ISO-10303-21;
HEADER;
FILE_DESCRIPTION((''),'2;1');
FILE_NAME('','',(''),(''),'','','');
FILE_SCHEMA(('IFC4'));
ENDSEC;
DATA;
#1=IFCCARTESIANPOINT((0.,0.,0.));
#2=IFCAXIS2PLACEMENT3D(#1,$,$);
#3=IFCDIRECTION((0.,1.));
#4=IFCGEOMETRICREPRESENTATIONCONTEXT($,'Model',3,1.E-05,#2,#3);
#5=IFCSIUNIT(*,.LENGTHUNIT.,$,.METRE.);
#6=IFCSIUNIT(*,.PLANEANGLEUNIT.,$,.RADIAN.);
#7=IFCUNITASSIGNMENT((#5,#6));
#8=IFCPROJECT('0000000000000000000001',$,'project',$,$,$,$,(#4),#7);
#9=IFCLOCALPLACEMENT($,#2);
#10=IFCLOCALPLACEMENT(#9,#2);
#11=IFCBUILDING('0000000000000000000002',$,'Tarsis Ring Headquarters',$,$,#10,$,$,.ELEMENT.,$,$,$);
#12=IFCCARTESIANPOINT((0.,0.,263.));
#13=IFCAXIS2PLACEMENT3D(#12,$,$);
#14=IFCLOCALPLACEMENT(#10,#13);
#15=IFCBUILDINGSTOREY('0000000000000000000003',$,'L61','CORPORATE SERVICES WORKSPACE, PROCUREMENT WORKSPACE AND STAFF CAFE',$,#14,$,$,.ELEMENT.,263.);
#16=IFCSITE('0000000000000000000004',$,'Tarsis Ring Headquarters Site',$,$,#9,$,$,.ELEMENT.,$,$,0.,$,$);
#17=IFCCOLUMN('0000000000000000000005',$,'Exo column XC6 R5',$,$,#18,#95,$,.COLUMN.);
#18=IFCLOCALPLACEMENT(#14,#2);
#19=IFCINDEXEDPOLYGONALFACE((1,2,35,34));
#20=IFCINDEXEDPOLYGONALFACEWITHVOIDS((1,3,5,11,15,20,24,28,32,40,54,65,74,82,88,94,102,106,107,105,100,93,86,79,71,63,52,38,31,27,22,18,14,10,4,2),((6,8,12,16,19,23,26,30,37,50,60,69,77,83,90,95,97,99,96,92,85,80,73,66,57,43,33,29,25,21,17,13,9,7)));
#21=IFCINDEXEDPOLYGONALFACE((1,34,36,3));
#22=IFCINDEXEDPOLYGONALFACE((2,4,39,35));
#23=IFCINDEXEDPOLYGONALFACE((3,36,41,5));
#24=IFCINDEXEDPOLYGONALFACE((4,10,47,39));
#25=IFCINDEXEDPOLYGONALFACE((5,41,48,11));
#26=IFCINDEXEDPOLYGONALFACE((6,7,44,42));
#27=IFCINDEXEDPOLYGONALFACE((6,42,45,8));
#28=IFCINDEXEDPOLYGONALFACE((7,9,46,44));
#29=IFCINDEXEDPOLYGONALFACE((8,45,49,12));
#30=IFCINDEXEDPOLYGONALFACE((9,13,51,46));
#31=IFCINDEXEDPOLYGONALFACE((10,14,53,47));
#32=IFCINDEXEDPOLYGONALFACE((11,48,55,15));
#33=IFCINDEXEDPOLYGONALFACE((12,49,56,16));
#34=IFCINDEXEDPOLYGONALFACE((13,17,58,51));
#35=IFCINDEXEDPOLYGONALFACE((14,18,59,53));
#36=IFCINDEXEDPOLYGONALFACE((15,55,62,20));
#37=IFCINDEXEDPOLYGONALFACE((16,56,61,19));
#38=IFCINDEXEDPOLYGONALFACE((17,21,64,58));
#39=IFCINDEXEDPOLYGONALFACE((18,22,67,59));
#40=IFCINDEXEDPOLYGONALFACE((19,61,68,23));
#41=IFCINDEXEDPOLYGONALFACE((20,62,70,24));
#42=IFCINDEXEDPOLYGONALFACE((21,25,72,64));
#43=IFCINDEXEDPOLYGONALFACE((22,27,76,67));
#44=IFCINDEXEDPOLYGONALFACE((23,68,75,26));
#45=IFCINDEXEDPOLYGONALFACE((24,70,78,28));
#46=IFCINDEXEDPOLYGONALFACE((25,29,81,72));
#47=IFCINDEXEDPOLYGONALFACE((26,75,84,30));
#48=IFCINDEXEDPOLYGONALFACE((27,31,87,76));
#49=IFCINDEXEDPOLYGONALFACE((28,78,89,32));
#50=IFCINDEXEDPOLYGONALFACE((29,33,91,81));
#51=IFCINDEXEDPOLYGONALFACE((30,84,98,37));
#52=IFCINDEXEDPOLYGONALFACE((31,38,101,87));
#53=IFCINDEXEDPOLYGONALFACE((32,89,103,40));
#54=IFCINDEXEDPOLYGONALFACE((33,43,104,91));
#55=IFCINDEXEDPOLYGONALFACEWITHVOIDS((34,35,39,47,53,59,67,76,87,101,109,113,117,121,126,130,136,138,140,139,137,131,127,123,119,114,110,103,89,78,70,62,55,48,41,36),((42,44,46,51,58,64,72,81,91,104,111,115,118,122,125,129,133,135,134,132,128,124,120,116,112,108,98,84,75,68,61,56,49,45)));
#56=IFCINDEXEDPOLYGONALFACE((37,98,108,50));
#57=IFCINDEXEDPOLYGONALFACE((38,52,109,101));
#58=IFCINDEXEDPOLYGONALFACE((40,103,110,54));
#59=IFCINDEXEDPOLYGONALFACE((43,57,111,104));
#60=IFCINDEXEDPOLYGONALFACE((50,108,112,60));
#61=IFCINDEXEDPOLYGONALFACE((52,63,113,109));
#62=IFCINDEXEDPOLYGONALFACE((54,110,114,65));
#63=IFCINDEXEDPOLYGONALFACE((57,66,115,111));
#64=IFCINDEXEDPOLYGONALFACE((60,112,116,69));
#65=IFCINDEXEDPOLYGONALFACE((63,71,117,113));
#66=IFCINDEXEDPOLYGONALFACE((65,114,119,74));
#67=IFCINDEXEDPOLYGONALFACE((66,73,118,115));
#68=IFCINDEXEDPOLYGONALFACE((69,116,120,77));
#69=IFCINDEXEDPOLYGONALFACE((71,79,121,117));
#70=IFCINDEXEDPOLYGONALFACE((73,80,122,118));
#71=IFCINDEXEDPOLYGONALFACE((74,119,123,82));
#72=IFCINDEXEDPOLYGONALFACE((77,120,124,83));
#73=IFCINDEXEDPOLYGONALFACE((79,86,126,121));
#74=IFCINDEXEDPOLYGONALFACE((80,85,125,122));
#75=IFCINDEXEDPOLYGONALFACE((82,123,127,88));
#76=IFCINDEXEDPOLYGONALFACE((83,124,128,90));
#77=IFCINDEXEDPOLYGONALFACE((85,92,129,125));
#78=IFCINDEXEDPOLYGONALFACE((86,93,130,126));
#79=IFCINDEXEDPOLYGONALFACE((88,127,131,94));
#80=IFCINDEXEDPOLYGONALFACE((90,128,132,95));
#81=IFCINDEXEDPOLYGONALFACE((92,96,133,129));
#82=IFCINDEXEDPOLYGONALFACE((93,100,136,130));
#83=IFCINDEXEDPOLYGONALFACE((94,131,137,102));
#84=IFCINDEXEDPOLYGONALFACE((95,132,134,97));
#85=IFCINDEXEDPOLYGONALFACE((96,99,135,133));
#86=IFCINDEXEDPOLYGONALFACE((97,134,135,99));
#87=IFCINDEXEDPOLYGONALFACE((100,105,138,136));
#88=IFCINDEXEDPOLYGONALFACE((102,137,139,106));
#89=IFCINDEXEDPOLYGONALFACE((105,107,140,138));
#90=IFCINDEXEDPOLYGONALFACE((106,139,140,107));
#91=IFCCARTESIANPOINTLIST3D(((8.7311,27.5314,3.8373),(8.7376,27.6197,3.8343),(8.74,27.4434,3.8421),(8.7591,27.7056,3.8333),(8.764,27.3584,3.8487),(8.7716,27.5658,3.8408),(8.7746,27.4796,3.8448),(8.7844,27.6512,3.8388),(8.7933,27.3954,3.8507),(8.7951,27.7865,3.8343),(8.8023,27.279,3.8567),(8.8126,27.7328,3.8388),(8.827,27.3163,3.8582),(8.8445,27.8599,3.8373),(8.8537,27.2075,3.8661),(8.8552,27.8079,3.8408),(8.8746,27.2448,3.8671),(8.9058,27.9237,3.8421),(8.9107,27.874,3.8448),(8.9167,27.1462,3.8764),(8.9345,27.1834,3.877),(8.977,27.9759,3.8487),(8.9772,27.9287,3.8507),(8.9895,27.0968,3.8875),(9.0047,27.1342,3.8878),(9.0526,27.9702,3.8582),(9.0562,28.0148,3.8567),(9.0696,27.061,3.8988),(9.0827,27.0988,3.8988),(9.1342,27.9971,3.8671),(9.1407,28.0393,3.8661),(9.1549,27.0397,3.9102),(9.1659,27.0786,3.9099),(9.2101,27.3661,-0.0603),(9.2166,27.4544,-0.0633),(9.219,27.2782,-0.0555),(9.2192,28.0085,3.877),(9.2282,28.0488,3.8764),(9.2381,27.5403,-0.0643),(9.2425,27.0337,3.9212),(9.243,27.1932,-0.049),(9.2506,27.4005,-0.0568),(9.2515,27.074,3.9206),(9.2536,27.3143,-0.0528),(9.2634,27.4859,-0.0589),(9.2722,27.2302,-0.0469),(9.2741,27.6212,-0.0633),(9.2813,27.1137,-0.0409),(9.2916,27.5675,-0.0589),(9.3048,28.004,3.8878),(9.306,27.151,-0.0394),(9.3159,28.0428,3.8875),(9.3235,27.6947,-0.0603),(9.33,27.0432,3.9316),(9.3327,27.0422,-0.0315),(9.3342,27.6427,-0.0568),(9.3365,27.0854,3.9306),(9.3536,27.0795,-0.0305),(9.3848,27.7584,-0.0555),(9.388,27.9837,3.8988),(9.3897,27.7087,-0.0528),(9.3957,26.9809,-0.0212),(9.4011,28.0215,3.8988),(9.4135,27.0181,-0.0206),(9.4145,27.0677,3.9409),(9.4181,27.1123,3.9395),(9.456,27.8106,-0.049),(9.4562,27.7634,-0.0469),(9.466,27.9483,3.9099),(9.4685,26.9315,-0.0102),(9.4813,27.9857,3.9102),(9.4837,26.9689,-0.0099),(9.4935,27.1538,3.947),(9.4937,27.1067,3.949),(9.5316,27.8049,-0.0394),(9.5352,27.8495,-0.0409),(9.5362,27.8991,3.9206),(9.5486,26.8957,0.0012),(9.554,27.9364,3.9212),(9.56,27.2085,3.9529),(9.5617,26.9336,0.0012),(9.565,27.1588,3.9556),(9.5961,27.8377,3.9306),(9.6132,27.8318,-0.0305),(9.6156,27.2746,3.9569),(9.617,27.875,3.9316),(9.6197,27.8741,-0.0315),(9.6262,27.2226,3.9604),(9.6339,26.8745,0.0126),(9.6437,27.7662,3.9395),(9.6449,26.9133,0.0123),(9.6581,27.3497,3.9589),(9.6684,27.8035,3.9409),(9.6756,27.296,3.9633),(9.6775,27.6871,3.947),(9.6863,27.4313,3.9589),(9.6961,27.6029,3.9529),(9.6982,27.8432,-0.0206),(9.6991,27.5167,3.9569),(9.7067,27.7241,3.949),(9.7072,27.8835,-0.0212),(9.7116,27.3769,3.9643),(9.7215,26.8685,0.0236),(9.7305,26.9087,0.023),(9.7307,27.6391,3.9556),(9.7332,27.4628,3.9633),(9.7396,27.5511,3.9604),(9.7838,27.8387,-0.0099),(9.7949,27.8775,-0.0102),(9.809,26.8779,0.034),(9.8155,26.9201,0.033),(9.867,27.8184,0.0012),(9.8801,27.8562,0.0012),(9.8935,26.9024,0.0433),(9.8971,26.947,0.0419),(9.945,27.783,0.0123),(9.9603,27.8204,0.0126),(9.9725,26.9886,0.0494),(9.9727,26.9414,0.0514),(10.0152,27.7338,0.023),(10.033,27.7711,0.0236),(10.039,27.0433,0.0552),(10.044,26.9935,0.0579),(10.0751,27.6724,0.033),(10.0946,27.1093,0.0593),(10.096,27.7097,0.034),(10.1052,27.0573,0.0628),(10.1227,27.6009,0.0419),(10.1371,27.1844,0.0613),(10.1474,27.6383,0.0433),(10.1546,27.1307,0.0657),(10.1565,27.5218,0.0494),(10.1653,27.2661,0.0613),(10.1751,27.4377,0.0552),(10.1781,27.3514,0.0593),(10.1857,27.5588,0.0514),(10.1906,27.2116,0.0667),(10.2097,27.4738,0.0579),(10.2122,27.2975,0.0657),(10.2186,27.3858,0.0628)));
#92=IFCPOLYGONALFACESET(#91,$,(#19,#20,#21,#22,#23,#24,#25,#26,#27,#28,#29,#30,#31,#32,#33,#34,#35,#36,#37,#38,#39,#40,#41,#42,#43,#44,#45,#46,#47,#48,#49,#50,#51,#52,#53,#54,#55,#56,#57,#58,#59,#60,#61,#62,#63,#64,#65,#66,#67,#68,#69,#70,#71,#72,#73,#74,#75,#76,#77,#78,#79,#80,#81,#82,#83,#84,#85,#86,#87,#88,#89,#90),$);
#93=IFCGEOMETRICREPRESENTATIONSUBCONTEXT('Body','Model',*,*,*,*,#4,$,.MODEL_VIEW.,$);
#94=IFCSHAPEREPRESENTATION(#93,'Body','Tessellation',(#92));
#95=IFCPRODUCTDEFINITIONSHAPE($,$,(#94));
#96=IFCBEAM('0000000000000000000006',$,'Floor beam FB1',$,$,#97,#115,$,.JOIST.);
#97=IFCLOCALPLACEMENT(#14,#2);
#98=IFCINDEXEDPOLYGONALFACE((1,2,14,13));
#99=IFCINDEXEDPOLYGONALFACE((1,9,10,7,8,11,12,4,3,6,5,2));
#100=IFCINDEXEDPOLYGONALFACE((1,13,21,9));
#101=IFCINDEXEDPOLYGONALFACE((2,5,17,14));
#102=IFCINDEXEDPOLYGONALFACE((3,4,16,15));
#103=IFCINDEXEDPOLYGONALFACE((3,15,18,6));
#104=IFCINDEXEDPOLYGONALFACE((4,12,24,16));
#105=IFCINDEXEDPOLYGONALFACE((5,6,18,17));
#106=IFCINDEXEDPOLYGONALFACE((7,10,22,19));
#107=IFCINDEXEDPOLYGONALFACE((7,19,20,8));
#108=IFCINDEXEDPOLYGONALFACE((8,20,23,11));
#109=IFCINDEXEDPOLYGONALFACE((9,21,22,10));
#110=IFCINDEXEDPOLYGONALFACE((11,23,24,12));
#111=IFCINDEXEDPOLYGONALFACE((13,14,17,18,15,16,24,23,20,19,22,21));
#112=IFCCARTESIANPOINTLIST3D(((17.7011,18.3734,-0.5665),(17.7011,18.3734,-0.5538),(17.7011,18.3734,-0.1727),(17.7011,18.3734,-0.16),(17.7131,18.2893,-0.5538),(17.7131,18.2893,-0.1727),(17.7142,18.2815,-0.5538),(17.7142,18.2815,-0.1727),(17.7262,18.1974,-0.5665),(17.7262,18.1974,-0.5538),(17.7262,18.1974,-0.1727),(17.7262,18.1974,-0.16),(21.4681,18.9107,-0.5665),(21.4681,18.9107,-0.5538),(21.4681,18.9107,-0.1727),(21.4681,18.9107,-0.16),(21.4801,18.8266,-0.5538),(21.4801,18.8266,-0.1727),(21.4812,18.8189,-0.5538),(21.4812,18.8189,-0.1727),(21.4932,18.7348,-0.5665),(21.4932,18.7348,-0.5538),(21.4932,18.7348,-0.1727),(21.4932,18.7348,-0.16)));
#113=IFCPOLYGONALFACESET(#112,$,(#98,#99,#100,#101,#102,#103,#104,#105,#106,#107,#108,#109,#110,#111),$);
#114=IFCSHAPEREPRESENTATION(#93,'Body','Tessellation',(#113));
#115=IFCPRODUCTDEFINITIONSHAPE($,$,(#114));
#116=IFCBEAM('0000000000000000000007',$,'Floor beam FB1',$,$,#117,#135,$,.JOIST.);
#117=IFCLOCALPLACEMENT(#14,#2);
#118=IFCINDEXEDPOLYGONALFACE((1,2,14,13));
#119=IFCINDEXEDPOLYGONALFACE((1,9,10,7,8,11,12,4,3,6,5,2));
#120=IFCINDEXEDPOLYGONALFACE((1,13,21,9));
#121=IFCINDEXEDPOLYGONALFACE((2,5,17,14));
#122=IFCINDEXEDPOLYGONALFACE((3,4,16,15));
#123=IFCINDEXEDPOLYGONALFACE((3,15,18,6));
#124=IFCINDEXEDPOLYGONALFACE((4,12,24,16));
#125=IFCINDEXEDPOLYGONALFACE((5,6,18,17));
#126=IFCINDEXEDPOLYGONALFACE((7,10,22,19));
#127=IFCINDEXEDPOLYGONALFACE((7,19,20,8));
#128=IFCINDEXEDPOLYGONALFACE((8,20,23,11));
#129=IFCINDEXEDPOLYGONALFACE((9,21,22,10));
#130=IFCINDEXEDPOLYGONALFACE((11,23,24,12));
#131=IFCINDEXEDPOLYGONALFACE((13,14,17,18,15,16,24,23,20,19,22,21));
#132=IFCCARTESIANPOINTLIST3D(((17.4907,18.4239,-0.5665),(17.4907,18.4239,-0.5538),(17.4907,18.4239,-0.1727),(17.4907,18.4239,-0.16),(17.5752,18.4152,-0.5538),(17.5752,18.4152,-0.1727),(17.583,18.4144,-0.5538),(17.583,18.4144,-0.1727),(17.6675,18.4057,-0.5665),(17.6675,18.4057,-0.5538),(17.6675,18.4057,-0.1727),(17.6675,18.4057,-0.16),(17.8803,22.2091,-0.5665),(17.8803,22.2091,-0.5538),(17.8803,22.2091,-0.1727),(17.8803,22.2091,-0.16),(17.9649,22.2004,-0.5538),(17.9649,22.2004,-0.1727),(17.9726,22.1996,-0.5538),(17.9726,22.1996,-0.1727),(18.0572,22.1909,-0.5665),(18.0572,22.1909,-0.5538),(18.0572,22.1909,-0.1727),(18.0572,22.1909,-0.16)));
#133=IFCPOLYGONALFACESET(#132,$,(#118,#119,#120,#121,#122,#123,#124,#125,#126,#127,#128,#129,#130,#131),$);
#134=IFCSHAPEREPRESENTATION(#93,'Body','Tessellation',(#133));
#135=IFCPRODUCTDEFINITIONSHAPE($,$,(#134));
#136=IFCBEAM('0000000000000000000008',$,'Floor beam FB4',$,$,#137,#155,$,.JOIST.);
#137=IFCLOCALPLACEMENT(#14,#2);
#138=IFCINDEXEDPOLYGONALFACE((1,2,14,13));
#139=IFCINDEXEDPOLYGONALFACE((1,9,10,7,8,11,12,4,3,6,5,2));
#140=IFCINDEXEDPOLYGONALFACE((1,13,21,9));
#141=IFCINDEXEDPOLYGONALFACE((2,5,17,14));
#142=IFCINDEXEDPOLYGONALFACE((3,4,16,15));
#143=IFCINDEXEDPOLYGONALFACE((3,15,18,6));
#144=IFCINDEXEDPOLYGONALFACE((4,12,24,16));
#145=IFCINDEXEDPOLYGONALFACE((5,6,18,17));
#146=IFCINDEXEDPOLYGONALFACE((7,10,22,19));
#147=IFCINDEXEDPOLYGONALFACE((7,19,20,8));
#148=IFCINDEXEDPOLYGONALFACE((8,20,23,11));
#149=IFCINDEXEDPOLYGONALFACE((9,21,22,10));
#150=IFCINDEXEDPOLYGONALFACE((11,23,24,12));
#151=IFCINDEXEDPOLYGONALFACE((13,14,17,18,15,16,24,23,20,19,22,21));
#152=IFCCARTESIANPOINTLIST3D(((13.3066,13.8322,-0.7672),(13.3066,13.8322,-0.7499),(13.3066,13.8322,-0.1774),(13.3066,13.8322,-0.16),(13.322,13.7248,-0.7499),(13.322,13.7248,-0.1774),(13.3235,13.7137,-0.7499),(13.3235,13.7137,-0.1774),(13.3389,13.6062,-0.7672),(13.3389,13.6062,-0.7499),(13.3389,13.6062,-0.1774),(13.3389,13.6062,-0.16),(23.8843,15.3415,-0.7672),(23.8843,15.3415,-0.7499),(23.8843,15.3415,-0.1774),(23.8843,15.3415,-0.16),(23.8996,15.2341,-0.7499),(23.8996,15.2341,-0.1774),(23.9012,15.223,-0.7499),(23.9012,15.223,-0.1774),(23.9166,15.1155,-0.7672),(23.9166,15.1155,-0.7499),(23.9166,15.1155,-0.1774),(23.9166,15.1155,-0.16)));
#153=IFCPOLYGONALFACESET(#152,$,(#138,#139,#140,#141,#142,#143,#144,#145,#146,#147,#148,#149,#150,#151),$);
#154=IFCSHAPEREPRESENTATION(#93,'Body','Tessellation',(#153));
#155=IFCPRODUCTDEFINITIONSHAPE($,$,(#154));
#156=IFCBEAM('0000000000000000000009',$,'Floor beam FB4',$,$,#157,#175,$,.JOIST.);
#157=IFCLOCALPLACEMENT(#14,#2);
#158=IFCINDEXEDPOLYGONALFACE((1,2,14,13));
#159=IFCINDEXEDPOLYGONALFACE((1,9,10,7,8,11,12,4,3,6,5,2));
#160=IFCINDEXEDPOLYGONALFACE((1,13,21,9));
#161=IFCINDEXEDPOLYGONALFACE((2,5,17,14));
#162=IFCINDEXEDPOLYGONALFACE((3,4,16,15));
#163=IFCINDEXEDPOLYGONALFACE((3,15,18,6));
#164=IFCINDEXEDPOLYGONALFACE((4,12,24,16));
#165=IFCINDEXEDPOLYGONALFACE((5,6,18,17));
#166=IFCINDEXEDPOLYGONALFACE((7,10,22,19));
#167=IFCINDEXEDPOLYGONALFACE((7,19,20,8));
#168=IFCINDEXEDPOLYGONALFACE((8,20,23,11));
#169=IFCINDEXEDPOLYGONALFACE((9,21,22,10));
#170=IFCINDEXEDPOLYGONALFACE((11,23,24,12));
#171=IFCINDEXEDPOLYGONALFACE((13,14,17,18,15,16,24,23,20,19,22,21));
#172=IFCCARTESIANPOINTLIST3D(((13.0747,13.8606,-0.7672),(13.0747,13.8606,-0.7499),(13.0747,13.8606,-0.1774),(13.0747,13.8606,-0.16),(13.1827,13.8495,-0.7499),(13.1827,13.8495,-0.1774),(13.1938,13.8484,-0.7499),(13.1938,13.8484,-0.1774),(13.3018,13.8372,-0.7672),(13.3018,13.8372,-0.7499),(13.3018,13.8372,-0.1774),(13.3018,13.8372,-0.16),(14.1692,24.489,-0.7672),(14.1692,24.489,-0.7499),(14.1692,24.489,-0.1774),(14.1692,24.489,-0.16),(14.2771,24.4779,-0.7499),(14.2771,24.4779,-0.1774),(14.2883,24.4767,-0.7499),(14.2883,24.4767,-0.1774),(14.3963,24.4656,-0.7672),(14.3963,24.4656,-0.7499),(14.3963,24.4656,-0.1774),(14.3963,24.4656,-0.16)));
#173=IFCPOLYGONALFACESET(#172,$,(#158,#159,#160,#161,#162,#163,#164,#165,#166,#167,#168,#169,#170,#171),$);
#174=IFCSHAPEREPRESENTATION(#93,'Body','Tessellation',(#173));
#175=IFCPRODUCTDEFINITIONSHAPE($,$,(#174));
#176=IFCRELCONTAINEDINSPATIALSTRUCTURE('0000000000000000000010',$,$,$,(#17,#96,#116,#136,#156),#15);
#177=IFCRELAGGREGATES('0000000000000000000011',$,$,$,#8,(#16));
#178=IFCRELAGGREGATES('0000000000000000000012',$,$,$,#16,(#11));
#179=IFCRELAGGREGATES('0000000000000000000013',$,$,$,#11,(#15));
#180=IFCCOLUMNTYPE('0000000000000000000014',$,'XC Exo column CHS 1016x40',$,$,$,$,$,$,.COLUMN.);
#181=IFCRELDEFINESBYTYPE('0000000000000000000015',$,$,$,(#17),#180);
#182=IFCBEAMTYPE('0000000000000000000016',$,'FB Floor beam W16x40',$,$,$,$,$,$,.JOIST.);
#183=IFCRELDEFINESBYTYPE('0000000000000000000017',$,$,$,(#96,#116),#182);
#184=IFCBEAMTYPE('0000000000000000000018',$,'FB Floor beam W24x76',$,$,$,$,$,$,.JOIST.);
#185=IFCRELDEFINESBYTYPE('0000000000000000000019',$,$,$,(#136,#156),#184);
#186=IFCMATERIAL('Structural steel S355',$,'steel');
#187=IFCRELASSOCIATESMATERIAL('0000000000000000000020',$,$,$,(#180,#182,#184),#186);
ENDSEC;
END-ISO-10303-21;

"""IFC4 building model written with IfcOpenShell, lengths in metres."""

from ifc_helpers import new_model, si_unit, direction, frame, origin, origin_2d, place, context, subcontext, project, spatial, hollow_circle, i_section, extrude, material, material_profile, profile_set, type_object, element, save


model = new_model("IFC4")

# Units and contexts
model_context = context("Model", 3, precision=1e-05, world=origin(), true_north=direction((0.0, 1.0)))
body_context = subcontext(model_context, "Body", "Model", "MODEL_VIEW")
ifc_project = project(units=[si_unit("LENGTHUNIT", "METRE"), si_unit("PLANEANGLEUNIT", "RADIAN")], contexts=[model_context])

# Site, building, storey
site_placement = place(None, origin())
site = spatial("IfcSite", under=ifc_project, at=site_placement, Name="Tarsis Ring Headquarters Site", CompositionType="ELEMENT", RefElevation=0.0)
building_placement = place(site_placement, origin())
building = spatial("IfcBuilding", under=site, at=building_placement, Name="Tarsis Ring Headquarters", CompositionType="ELEMENT")
storey_placement = place(building_placement, frame((0.0, 0.0, 263.0)))
storey = spatial("IfcBuildingStorey", under=building, at=storey_placement, Name="L61", Description="CORPORATE SERVICES WORKSPACE, PROCUREMENT WORKSPACE AND STAFF CAFE", CompositionType="ELEMENT", Elevation=263.0)

# Column
ifc_material_1 = material(Name="Structural steel S355", Category="steel")
ifc_material_profile_1 = material_profile(ifc_material_1, hollow_circle(Radius=0.5081, WallThickness=0.04, at=origin_2d()), Name="CHS 1016x40")
ifc_profile_set_1 = profile_set([ifc_material_profile_1], Name="Structural steel S355")
column_type = type_object("IfcColumnType", Name="XC Exo column CHS 1016x40", PredefinedType="COLUMN", material=ifc_profile_set_1)
for number, where, z_axis, x_axis, name in (
    (1, (9.7144, 27.376, 0.0012), (-0.121868, 0.042051, 0.991655), (-0.326184, -0.945306, 0.0), "Exo column XC6 R5"),
):
    element("IfcColumn", number, at=place(storey_placement, frame(where, z_axis=z_axis, x_axis=x_axis)), inside=storey, type_object=column_type, Name=name, PredefinedType="COLUMN", context=body_context, shape_type="SweptSolid", body=[
        extrude(hollow_circle(Radius=0.5081, WallThickness=0.04, at=origin_2d()), origin(), (0.0, 0.0, 1.0), 3.9304),
    ])

# Beams
ifc_material_profile_2 = material_profile(ifc_material_1, i_section(OverallWidth=0.1777, OverallDepth=0.4065, WebThickness=0.0078, FlangeThickness=0.0127, at=origin_2d()), Name="W16x40")
ifc_profile_set_2 = profile_set([ifc_material_profile_2], Name="Structural steel S355")
beam_type_1 = type_object("IfcBeamType", Name="FB Floor beam W16x40", PredefinedType="JOIST", material=ifc_profile_set_2)
for number, where, z_axis, x_axis, name in (
    (2, (17.7136, 18.2854, -0.3633), (0.989979, 0.141215, 0.0), (-0.141215, 0.989979, 0.0), "Floor beam FB1"),
    (3, (17.9688, 22.2, -0.3633), (-0.1024, -0.994743, 0.0), (0.994743, -0.1024, 0.0), "Floor beam FB1"),
):
    element("IfcBeam", number, at=place(storey_placement, frame(where, z_axis=z_axis, x_axis=x_axis)), inside=storey, type_object=beam_type_1, Name=name, PredefinedType="JOIST", context=body_context, shape_type="SweptSolid", body=[
        extrude(i_section(OverallWidth=0.1777, OverallDepth=0.4065, WebThickness=0.0078, FlangeThickness=0.0127, at=origin_2d()), origin(), (0.0, 0.0, 1.0), 3.8052),
    ])
ifc_material_profile_3 = material_profile(ifc_material_1, i_section(OverallWidth=0.2283, OverallDepth=0.6072, WebThickness=0.0112, FlangeThickness=0.0173, at=origin_2d()), Name="W24x76")
ifc_profile_set_3 = profile_set([ifc_material_profile_3], Name="Structural steel S355")
beam_type_2 = type_object("IfcBeamType", Name="FB Floor beam W24x76", PredefinedType="JOIST", material=ifc_profile_set_3)
beam_1_placement = place(storey_placement, frame((13.3228, 13.7192, -0.4636), z_axis=(0.989973, 0.141255, 0.0), x_axis=(-0.141255, 0.989973, 0.0)))
element("IfcBeam", 4, at=beam_1_placement, inside=storey, type_object=beam_type_2, Name="Floor beam FB4", PredefinedType="JOIST", context=body_context, shape_type="SweptSolid", body=[
    extrude(i_section(OverallWidth=0.2283, OverallDepth=0.6072, WebThickness=0.0112, FlangeThickness=0.0173, at=origin_2d()), origin(), (0.0, 0.0, 1.0), 10.6848),
])
beam_2_placement = place(storey_placement, frame((14.2827, 24.4773, -0.4636), z_axis=(-0.102435, -0.99474, 0.0), x_axis=(0.99474, -0.102435, 0.0)))
element("IfcBeam", 5, at=beam_2_placement, inside=storey, type_object=beam_type_2, Name="Floor beam FB4", PredefinedType="JOIST", context=body_context, shape_type="SweptSolid", body=[
    extrude(i_section(OverallWidth=0.2283, OverallDepth=0.6072, WebThickness=0.0112, FlangeThickness=0.0173, at=origin_2d()), origin(), (0.0, 0.0, 1.0), 10.6846),
])

save(model, "model.ifc")
